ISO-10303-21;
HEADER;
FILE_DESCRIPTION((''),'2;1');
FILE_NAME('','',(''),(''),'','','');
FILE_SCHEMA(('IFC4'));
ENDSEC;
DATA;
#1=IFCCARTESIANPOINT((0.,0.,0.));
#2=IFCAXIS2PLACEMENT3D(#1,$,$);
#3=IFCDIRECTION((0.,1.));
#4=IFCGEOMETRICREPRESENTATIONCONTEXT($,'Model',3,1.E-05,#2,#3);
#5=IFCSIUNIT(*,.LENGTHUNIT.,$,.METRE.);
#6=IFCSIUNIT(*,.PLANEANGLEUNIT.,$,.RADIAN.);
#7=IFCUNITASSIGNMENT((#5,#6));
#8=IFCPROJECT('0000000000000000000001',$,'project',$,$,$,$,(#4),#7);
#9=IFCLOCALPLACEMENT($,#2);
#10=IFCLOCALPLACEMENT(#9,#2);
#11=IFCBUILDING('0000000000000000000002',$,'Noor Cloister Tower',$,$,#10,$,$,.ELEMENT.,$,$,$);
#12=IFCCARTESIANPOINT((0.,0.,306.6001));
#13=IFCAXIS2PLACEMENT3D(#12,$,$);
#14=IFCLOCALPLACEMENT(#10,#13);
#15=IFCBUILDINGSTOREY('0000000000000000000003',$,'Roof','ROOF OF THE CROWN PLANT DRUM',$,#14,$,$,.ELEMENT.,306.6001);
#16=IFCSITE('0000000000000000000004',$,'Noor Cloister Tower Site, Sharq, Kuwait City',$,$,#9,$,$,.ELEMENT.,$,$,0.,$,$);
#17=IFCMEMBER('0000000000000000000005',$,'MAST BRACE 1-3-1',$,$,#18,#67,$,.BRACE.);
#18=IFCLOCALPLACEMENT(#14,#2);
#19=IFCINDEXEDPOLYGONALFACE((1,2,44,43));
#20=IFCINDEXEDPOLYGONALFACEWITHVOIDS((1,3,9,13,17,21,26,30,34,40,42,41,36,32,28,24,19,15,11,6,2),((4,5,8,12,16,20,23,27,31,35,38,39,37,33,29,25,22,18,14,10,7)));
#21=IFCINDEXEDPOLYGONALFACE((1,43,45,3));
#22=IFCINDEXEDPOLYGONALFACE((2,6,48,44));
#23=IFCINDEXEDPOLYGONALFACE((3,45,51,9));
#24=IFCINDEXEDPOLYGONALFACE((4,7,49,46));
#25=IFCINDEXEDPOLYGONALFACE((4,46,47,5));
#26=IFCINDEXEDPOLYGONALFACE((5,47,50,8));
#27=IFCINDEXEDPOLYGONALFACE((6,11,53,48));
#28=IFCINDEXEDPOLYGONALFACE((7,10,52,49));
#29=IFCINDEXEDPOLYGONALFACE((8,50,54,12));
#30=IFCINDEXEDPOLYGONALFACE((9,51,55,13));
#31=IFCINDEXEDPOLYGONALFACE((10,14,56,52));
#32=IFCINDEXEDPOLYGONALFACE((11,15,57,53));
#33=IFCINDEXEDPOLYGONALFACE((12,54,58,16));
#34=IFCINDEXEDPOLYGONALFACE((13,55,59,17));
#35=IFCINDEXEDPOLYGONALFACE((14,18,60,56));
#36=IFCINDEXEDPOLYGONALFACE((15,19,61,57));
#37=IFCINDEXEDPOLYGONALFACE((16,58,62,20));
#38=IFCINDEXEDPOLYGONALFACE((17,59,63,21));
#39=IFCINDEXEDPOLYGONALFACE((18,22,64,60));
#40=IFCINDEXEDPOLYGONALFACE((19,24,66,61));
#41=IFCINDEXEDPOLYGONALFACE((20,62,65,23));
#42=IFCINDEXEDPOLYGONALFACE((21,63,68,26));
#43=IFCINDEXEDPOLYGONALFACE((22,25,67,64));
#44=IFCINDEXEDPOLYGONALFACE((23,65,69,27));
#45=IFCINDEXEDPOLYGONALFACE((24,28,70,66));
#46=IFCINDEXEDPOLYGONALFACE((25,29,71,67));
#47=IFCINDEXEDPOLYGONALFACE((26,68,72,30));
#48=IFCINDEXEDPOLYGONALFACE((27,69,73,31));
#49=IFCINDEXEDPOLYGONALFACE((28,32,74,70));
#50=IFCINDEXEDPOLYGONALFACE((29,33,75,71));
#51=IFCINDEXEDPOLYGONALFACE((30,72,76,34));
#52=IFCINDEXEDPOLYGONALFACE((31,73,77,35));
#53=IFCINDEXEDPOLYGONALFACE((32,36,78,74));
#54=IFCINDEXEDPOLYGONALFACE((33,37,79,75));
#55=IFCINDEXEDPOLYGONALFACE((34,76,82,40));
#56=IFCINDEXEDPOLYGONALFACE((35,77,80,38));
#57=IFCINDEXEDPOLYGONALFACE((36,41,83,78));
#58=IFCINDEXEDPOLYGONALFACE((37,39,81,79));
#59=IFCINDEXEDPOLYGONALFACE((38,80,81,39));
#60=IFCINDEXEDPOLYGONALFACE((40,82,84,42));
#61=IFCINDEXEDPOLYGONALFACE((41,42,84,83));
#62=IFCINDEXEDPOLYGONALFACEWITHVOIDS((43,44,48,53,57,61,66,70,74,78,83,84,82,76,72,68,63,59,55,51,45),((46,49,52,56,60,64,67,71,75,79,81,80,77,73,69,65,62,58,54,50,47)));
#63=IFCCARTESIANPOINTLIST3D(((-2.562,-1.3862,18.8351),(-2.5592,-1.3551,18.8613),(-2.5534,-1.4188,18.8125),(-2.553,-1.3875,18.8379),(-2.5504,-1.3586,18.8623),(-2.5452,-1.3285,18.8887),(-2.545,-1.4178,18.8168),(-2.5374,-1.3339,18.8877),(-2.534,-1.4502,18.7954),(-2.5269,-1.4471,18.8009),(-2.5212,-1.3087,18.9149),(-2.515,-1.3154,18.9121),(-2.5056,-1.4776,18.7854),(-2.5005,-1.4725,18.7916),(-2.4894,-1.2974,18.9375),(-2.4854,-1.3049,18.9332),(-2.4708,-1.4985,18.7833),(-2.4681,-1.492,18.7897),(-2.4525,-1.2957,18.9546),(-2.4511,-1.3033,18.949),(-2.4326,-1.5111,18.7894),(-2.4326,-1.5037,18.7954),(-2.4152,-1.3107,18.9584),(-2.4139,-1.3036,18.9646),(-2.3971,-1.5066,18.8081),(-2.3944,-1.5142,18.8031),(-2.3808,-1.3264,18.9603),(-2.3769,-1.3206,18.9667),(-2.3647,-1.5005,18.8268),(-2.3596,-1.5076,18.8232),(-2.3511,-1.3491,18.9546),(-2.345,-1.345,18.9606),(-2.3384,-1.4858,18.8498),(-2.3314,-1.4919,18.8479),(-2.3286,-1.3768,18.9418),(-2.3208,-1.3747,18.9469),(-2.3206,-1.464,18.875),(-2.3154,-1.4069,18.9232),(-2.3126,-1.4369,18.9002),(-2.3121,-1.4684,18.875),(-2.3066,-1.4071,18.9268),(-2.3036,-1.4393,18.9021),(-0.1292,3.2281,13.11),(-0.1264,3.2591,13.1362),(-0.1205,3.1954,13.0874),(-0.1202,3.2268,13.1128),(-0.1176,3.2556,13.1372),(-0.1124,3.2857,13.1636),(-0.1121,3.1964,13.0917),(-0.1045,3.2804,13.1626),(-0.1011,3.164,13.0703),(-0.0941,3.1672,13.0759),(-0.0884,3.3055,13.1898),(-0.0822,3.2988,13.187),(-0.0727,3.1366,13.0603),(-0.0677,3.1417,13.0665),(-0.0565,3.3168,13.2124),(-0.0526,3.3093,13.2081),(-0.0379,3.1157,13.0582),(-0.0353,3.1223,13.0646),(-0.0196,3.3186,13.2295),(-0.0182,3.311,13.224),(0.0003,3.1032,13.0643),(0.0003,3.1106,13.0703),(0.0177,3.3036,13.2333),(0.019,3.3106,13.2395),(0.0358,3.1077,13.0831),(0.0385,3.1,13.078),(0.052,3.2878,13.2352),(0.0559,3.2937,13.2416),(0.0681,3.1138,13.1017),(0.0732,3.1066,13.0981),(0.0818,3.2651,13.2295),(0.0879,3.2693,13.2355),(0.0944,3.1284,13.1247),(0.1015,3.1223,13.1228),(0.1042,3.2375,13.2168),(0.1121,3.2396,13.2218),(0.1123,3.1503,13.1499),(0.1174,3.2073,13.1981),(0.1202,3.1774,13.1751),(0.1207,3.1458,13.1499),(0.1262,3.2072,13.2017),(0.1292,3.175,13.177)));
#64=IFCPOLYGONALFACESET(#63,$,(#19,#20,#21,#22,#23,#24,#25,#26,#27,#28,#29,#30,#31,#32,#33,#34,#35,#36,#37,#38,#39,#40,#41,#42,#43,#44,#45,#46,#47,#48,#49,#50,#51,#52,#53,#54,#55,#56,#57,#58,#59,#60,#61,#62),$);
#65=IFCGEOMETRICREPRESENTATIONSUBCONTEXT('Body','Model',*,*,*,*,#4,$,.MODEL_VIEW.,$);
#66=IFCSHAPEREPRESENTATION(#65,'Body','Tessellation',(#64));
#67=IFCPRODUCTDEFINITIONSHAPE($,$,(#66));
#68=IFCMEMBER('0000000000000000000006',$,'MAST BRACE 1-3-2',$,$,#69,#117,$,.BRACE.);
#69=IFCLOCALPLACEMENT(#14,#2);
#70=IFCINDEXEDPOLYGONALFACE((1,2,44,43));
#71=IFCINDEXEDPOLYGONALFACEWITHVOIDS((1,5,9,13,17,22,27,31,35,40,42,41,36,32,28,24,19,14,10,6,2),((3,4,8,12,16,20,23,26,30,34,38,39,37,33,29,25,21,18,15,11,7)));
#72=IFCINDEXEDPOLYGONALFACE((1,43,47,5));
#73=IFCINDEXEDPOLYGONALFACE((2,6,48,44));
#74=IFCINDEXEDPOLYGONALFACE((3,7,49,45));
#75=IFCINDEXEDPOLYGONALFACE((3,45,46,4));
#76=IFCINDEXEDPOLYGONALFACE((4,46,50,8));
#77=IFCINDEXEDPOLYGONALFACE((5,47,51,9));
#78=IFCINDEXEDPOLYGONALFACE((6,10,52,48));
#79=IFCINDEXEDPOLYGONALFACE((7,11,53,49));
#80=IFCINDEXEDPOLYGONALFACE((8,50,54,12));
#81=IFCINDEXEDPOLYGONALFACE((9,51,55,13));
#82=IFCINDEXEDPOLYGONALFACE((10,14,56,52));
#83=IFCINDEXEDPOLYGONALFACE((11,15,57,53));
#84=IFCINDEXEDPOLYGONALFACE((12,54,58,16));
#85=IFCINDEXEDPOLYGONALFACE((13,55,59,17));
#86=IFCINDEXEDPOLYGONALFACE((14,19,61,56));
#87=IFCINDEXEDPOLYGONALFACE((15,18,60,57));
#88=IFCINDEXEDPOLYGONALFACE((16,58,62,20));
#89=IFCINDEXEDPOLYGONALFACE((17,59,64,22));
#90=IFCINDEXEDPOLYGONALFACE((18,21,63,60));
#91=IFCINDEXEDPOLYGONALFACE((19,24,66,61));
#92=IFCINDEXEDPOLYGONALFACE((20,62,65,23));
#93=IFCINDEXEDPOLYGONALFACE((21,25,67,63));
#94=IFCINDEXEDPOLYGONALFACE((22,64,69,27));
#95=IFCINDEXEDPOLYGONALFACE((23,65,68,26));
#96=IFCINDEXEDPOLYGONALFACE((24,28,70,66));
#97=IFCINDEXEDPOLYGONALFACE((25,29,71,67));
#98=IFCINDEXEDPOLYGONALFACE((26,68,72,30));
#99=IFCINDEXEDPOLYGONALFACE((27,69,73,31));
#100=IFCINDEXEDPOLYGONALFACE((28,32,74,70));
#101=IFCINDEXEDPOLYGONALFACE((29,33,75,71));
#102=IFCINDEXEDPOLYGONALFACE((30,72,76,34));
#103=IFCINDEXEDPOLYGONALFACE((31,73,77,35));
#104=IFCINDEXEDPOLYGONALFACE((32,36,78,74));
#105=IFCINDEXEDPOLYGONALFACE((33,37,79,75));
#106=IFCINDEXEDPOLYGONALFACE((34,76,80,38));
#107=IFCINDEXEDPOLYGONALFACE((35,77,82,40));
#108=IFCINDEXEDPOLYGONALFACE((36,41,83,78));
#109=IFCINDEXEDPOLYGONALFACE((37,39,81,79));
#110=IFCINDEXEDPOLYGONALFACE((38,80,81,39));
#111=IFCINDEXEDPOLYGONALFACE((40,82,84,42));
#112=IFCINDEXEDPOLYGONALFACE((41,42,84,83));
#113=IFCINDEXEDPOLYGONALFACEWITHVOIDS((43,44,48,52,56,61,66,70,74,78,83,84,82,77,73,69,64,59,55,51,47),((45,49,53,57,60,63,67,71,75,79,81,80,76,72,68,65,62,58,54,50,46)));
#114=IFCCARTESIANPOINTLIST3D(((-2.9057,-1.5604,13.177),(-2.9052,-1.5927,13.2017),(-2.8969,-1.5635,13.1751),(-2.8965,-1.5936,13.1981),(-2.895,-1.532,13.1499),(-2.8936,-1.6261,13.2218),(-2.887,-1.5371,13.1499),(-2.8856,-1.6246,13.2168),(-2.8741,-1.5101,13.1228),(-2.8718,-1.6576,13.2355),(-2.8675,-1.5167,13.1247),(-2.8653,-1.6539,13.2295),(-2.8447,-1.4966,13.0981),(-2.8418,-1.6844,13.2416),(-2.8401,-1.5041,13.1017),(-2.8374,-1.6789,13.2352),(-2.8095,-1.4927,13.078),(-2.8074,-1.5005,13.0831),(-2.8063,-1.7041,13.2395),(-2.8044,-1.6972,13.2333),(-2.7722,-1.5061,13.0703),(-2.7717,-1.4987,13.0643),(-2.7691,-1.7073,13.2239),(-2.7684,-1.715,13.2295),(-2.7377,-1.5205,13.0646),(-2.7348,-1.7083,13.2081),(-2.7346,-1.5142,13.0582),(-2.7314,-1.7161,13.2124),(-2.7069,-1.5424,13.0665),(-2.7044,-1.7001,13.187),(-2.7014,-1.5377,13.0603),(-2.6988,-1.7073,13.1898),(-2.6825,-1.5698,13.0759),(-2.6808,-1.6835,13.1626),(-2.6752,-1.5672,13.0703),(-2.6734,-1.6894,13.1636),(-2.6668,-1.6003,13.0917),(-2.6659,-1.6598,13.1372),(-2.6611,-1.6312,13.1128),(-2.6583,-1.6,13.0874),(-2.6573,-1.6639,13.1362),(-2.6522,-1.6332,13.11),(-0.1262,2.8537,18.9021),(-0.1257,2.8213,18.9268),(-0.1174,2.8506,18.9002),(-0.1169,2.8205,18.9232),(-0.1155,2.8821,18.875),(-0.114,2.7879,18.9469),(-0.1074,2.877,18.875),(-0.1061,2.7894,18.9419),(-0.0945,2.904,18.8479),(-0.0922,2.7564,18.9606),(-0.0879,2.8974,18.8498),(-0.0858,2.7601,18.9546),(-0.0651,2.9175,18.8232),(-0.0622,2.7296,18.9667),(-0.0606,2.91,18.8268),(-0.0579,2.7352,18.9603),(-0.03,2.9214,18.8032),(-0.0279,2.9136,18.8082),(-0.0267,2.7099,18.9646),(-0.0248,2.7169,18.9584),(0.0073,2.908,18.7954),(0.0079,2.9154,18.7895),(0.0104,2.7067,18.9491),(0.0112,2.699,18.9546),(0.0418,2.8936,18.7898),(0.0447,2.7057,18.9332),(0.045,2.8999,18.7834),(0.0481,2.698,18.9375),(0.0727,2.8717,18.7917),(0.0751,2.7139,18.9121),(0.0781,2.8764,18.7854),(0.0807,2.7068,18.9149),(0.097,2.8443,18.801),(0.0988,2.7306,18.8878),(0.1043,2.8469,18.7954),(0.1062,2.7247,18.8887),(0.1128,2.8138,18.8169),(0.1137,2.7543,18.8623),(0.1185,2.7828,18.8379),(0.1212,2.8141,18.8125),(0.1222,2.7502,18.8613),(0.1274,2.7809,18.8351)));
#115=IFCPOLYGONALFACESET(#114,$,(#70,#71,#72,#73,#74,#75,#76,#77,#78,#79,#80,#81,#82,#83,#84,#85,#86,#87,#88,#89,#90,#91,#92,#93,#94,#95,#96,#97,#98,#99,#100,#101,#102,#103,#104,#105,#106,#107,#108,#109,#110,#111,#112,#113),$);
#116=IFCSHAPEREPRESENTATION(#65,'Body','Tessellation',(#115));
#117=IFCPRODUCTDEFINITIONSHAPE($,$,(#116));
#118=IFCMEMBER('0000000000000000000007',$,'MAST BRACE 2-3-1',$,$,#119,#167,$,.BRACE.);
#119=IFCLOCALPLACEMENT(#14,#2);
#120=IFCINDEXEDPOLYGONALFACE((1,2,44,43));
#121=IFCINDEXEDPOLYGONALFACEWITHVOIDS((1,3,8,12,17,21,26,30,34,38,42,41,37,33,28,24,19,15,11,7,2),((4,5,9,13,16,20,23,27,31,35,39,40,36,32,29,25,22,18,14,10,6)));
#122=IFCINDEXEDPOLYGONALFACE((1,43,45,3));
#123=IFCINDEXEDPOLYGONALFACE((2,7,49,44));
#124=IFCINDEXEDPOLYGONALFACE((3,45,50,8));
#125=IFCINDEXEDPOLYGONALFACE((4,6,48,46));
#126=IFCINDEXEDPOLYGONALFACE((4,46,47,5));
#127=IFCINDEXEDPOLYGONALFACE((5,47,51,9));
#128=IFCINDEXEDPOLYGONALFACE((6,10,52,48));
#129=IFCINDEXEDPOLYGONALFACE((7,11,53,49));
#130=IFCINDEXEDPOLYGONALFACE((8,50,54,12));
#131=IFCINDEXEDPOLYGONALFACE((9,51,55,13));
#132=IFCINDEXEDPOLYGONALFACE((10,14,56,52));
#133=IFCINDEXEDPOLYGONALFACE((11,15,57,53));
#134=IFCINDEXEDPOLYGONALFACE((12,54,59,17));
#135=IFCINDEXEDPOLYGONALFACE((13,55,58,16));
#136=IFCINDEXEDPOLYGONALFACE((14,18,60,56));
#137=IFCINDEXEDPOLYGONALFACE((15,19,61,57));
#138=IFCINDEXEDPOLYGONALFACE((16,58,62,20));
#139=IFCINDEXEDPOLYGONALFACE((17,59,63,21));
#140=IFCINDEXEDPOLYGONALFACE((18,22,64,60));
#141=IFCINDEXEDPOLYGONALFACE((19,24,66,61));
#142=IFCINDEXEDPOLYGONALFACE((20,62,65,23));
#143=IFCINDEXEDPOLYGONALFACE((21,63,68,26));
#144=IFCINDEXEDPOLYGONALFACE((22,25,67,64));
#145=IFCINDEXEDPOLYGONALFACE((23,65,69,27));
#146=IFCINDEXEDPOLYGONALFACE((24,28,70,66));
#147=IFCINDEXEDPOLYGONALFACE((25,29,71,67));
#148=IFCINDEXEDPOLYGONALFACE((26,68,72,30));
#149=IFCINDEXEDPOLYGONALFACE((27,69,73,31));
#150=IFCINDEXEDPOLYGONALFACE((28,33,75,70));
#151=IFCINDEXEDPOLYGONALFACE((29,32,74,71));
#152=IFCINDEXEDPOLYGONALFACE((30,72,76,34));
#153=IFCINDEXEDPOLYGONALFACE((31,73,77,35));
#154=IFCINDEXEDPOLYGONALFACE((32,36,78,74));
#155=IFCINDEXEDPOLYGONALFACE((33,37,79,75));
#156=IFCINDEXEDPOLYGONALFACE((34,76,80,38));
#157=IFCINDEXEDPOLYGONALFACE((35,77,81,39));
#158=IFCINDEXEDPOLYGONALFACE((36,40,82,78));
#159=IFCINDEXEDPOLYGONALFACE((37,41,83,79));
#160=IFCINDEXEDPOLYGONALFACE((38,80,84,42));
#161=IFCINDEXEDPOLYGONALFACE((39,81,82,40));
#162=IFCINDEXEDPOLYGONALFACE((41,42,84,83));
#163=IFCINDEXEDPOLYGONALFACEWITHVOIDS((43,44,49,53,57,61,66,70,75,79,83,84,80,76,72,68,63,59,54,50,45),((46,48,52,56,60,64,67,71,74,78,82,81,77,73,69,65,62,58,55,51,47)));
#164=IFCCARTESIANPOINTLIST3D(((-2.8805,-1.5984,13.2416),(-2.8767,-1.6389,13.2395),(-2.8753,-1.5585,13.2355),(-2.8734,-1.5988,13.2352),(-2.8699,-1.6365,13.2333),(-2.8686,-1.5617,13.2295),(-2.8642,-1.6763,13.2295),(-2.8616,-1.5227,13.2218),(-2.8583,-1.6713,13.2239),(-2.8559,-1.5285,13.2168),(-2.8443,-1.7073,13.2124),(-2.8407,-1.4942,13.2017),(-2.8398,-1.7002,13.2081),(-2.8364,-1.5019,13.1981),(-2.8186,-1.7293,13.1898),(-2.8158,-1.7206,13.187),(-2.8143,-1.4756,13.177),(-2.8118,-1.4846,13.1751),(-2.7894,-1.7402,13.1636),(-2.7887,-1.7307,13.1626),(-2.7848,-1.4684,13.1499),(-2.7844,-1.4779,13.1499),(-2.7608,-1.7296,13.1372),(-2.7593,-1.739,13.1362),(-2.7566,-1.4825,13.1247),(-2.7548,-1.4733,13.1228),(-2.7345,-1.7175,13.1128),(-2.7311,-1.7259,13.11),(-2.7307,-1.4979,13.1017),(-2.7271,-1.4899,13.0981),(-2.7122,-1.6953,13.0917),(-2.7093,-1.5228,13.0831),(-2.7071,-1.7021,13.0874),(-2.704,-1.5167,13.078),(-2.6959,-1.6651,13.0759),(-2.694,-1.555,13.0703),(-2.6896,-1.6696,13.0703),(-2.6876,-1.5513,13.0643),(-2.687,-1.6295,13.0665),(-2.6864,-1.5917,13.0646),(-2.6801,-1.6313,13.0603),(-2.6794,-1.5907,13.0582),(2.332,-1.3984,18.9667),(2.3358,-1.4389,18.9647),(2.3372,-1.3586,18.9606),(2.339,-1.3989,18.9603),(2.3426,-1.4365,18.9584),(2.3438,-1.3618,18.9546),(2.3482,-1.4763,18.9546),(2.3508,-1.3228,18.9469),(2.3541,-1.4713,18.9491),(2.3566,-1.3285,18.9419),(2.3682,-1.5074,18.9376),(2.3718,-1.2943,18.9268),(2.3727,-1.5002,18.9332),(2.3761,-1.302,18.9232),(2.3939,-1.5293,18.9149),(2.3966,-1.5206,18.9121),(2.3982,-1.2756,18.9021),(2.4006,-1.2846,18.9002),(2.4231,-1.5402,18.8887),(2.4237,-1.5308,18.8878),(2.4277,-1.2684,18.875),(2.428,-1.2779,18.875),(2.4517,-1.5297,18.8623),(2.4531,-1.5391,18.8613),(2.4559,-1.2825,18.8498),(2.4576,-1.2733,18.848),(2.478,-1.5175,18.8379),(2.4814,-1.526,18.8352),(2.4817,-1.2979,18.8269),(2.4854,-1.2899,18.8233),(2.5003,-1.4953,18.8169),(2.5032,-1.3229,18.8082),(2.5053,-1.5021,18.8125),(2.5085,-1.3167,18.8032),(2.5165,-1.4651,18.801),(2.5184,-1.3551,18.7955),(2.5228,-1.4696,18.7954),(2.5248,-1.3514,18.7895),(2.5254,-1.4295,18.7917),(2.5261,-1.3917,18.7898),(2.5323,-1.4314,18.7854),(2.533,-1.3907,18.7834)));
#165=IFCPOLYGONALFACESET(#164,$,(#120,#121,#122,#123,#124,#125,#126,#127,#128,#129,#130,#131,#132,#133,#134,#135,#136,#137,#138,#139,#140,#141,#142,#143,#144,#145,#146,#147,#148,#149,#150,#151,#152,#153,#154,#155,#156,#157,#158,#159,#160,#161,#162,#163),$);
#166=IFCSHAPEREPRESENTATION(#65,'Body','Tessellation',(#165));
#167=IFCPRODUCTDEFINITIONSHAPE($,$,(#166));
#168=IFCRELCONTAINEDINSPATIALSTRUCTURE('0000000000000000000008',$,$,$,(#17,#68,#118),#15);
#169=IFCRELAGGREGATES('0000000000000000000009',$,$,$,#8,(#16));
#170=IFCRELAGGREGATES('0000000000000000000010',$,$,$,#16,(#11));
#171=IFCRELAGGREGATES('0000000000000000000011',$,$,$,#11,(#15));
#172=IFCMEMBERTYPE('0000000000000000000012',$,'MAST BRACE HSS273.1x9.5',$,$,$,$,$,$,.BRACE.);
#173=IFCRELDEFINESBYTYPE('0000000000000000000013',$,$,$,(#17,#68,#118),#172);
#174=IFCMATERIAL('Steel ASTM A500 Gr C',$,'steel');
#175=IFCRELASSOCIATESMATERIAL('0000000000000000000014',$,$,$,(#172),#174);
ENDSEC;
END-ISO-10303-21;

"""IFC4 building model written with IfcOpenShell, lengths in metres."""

from ifc_helpers import new_model, si_unit, direction, frame, origin, origin_2d, place, context, subcontext, project, spatial, hollow_circle, extrude, material, material_profile, profile_set, type_object, element, save


model = new_model("IFC4")

# Units and contexts
model_context = context("Model", 3, precision=1e-05, world=origin(), true_north=direction((0.0, 1.0)))
body_context = subcontext(model_context, "Body", "Model", "MODEL_VIEW")
ifc_project = project(units=[si_unit("LENGTHUNIT", "METRE"), si_unit("PLANEANGLEUNIT", "RADIAN")], contexts=[model_context])

# Site, building, storey
site_placement = place(None, origin())
site = spatial("IfcSite", under=ifc_project, at=site_placement, Name="Noor Cloister Tower Site, Sharq, Kuwait City", CompositionType="ELEMENT", RefElevation=0.0)
building_placement = place(site_placement, origin())
building = spatial("IfcBuilding", under=site, at=building_placement, Name="Noor Cloister Tower", CompositionType="ELEMENT")
storey_placement = place(building_placement, frame((0.0, 0.0, 306.6001)))
storey = spatial("IfcBuildingStorey", under=building, at=storey_placement, Name="Roof", Description="ROOF OF THE CROWN PLANT DRUM", CompositionType="ELEMENT", Elevation=306.6001)

# Members
ifc_material_1 = material(Name="Steel ASTM A500 Gr C", Category="steel")
ifc_material_profile_1 = material_profile(ifc_material_1, hollow_circle(Radius=0.1365, WallThickness=0.0095, at=origin_2d()), Name="HSS273.1x9.5")
ifc_profile_set_1 = profile_set([ifc_material_profile_1], Name="Steel ASTM A500 Gr C")
member_type_1 = type_object("IfcMemberType", Name="MAST BRACE HSS273.1x9.5", PredefinedType="BRACE", material=ifc_profile_set_1)
for number, where, z_axis, x_axis, name in (
    (1, (0.0, 3.2095, 13.1499), (-0.314115, -0.595763, 0.739187), (0.884578, -0.466393, 0.0), "MAST BRACE 1-3-1"),
    (2, (-2.7795, -1.6047, 13.1499), (0.358877, 0.569917, 0.73919), (-0.846205, 0.532857, 0.0), "MAST BRACE 1-3-2"),
    (3, (-2.7795, -1.6047, 13.1499), (0.672998, 0.025817, 0.739194), (-0.038332, 0.999265, 0.0), "MAST BRACE 2-3-1"),
):
    element("IfcMember", number, at=place(storey_placement, frame(where, z_axis=z_axis, x_axis=x_axis)), inside=storey, type_object=member_type_1, Name=name, PredefinedType="BRACE", context=body_context, shape_type="SweptSolid", body=[
        extrude(hollow_circle(Radius=0.1365, WallThickness=0.0095, at=origin_2d()), origin(), (0.0, 0.0, 1.0), 7.7451),
    ])

save(model, "model.ifc")
